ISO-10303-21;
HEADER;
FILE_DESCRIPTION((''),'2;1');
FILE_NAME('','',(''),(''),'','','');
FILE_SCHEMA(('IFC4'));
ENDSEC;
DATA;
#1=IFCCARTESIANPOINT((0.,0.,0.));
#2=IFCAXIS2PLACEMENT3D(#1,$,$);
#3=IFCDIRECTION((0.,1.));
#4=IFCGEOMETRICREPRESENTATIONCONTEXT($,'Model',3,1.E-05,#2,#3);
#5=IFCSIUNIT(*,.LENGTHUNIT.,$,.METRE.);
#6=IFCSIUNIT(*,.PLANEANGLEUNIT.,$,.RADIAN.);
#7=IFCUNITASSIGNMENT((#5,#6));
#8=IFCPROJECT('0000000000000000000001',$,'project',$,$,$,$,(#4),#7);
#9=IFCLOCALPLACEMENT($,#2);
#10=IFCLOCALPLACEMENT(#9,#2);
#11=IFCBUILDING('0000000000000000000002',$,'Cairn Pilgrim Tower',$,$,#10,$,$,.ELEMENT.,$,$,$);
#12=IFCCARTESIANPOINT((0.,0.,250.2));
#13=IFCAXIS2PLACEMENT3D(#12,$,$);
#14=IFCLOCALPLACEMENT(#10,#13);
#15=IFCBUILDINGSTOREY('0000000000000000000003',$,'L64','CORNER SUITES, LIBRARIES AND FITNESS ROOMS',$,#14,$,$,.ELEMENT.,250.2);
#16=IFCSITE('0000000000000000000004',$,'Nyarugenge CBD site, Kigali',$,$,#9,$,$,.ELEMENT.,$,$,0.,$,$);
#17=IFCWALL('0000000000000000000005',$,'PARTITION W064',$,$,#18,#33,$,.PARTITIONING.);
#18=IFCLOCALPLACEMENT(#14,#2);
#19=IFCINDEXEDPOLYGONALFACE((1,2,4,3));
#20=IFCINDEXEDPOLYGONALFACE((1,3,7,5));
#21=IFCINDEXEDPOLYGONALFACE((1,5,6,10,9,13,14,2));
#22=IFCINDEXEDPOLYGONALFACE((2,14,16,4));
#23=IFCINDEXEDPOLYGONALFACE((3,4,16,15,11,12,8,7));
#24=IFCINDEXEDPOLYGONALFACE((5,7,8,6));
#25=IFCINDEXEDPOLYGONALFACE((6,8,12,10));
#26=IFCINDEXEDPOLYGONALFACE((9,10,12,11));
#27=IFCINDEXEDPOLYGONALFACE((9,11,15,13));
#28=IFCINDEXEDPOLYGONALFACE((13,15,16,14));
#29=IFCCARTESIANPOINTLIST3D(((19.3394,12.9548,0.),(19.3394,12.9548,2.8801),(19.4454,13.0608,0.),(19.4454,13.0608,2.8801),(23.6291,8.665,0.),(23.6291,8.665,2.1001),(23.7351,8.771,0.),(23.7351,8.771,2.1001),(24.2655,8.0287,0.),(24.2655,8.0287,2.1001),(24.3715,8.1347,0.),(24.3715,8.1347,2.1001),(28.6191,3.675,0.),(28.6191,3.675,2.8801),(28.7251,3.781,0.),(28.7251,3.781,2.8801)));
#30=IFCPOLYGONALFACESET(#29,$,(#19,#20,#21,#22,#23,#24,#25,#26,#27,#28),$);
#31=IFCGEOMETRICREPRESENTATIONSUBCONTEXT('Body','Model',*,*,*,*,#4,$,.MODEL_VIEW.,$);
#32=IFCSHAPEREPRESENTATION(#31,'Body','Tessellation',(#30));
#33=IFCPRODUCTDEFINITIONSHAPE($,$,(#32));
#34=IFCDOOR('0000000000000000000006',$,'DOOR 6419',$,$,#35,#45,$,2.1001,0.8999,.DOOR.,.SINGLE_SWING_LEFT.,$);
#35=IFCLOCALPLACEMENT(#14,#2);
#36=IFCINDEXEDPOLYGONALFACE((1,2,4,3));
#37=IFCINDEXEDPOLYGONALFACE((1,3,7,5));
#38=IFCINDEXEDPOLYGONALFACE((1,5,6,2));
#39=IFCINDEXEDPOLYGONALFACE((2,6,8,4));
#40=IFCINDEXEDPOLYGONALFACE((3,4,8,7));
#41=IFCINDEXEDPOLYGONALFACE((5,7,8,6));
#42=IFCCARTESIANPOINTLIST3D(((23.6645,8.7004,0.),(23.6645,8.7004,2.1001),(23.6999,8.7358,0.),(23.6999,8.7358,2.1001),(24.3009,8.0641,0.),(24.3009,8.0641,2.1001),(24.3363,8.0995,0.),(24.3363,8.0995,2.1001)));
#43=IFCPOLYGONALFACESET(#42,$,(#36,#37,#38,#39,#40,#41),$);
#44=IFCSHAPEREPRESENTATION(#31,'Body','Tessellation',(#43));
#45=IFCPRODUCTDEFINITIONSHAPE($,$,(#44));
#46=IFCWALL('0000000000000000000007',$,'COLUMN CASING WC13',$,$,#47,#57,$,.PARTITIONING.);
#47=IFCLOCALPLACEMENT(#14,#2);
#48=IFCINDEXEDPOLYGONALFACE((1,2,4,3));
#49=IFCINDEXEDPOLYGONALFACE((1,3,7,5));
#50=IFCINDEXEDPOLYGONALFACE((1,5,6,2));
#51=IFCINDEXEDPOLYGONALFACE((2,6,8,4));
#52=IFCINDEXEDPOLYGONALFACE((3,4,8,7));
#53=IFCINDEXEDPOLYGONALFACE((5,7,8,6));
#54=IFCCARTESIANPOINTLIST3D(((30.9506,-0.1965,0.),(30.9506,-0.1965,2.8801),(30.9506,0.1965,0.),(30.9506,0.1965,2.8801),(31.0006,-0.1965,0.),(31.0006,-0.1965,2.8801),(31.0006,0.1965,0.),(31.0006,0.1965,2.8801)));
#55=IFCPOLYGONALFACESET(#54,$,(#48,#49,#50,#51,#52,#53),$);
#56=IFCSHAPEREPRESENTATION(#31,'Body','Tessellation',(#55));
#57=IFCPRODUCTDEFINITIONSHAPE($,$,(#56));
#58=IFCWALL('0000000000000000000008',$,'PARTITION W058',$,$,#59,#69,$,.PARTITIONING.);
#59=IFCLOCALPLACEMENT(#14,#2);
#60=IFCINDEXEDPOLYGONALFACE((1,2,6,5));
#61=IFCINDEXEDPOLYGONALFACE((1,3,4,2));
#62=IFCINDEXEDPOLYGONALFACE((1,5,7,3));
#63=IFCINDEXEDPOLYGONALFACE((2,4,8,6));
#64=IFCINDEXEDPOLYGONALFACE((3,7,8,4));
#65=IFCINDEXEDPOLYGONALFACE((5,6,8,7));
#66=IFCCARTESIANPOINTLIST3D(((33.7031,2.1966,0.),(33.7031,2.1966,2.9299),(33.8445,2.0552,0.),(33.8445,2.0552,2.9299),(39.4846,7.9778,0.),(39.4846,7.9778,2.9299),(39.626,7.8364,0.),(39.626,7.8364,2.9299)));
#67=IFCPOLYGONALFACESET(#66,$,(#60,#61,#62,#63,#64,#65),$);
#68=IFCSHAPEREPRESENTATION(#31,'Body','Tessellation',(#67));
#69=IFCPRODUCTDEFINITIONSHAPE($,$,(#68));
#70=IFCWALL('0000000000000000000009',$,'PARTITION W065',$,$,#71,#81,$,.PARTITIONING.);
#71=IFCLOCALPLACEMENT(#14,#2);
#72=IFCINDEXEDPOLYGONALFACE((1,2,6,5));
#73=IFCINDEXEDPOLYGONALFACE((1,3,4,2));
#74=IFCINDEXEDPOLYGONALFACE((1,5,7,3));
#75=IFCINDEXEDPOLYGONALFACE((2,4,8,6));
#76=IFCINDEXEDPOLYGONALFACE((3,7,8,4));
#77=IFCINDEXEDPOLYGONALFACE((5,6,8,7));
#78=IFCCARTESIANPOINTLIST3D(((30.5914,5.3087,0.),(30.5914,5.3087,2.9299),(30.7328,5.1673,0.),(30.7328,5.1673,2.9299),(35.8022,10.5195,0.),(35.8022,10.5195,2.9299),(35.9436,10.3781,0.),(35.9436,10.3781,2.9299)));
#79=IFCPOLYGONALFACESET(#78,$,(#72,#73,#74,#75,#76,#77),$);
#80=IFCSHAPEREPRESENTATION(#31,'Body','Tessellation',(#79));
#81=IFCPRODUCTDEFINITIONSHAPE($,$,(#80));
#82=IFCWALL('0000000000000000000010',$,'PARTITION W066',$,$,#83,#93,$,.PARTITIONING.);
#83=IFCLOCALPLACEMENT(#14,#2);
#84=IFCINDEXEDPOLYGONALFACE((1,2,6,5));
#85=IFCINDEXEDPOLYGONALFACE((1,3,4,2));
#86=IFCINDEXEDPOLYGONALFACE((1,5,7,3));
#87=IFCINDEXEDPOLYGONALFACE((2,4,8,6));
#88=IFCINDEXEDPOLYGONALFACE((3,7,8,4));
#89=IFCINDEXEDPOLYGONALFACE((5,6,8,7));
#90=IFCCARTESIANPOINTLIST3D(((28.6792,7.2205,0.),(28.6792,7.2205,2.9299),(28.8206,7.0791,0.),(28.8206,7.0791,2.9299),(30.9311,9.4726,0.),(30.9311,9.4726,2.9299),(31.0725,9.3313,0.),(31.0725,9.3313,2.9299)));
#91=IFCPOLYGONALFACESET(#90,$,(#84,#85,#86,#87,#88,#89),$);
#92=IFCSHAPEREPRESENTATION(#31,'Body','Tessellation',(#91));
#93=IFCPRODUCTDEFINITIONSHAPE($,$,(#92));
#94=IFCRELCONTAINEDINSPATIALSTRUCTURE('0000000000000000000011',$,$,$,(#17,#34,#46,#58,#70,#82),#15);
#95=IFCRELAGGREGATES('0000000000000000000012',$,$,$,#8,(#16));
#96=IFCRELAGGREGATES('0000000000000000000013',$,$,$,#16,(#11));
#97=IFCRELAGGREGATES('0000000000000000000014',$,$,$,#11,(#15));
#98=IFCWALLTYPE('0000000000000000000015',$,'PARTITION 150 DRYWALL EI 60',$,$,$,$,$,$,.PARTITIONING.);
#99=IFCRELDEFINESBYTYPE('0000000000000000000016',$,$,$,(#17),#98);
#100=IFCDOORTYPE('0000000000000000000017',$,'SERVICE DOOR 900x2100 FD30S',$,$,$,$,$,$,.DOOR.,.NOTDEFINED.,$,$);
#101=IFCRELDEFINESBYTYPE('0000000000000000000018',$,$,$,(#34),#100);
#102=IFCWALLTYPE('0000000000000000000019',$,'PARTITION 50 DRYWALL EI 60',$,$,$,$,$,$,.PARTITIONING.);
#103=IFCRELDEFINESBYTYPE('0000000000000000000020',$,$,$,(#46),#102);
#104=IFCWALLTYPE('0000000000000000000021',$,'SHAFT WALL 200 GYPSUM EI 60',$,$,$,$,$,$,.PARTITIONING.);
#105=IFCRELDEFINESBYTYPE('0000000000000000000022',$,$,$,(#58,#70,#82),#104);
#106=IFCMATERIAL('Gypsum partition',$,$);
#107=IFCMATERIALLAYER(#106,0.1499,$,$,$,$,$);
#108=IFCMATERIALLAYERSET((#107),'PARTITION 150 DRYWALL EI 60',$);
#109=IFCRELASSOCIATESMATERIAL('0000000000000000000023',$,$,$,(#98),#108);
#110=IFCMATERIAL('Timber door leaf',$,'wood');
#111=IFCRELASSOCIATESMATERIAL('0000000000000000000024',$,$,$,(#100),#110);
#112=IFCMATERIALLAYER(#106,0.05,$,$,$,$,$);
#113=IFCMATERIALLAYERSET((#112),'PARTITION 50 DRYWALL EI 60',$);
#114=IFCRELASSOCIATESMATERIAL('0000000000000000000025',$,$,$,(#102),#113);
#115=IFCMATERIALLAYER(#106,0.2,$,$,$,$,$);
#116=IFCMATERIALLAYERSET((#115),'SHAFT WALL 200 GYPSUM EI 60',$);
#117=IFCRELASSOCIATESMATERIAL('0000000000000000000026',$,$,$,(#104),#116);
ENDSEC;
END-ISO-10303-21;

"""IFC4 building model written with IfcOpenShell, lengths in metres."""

from ifc_helpers import new_model, si_unit, direction, frame, frame_2d, origin, place, context, subcontext, project, spatial, rectangle, extrude, material, layer, layer_set, type_object, element, fill, save


model = new_model("IFC4")

# Units and contexts
model_context = context("Model", 3, precision=1e-05, world=origin(), true_north=direction((0.0, 1.0)))
body_context = subcontext(model_context, "Body", "Model", "MODEL_VIEW")
ifc_project = project(units=[si_unit("LENGTHUNIT", "METRE"), si_unit("PLANEANGLEUNIT", "RADIAN")], contexts=[model_context])

# Site, building, storey
site_placement = place(None, origin())
site = spatial("IfcSite", under=ifc_project, at=site_placement, Name="Nyarugenge CBD site, Kigali", CompositionType="ELEMENT", RefElevation=0.0)
building_placement = place(site_placement, origin())
building = spatial("IfcBuilding", under=site, at=building_placement, Name="Cairn Pilgrim Tower", CompositionType="ELEMENT")
storey_placement = place(building_placement, frame((0.0, 0.0, 250.2)))
storey = spatial("IfcBuildingStorey", under=building, at=storey_placement, Name="L64", Description="CORNER SUITES, LIBRARIES AND FITNESS ROOMS", CompositionType="ELEMENT", Elevation=250.2)

# Shared definitions
ifc_material_1 = material(Name="Gypsum partition")
ifc_material_2 = material(Name="Timber door leaf", Category="wood")

# Shared definitions
ifc_layer_1 = layer(ifc_material_1, 0.1499)
ifc_layer_set_1 = layer_set([ifc_layer_1], Name="PARTITION 150 DRYWALL EI 60")
wall_type_1 = type_object("IfcWallType", Name="PARTITION 150 DRYWALL EI 60", PredefinedType="PARTITIONING", material=ifc_layer_set_1)

# Shared definitions
door_type_1 = type_object("IfcDoorType", Name="SERVICE DOOR 900x2100 FD30S", OperationType="NOTDEFINED", PredefinedType="DOOR", material=ifc_material_2)

# Wall, opening, door
wall_1_placement = place(storey_placement, frame((28.6721, 3.728, 0.0), z_axis=(0.0, 0.0, 1.0), x_axis=(-0.707107, 0.707107, 0.0)))
wall_1 = element("IfcWall", 1, at=wall_1_placement, inside=storey, type_object=wall_type_1, Name="PARTITION W064", PredefinedType="PARTITIONING", context=body_context, shape_type="SweptSolid", body=[
    extrude(rectangle(XDim=13.1235, YDim=0.1499, at=frame_2d((6.5618, 0.0))), origin(), (0.0, 0.0, 1.0), 2.8801),
])
opening_1_placement = place(wall_1_placement, frame((6.157, 0.0, 0.0)))
opening_1 = element("IfcOpeningElement", 2, at=opening_1_placement, cuts=wall_1, PredefinedType="OPENING", context=body_context, shape_type="SweptSolid", body=[
    extrude(rectangle(XDim=0.8999, YDim=2.1001, at=frame_2d((0.45, 1.05))), frame((0.0, 0.085, 0.0), z_axis=(0.0, -1.0, 0.0), x_axis=(1.0, 0.0, 0.0)), (0.0, 0.0, 1.0), 0.1699),
])
door_1_placement = place(opening_1_placement, origin())
door_1 = element("IfcDoor", 3, at=door_1_placement, inside=storey, type_object=door_type_1, Name="DOOR 6419", OperationType="SINGLE_SWING_LEFT", OverallHeight=2.1001, OverallWidth=0.8999, PredefinedType="DOOR", context=body_context, shape_type="SweptSolid", body=[
    extrude(rectangle(XDim=0.8999, YDim=2.1001, at=frame_2d((0.45, 1.05))), frame((0.0, 0.0249, 0.0), z_axis=(0.0, -1.0, 0.0), x_axis=(1.0, 0.0, 0.0)), (0.0, 0.0, 1.0), 0.05),
])
fill(opening_1, door_1)

# Walls
ifc_layer_2 = layer(ifc_material_1, 0.05)
ifc_layer_set_2 = layer_set([ifc_layer_2], Name="PARTITION 50 DRYWALL EI 60")
wall_type_2 = type_object("IfcWallType", Name="PARTITION 50 DRYWALL EI 60", PredefinedType="PARTITIONING", material=ifc_layer_set_2)
wall_2_placement = place(storey_placement, frame((30.9756, -0.1965, 0.0), z_axis=(0.0, 0.0, 1.0), x_axis=(0.0, 1.0, 0.0)))
element("IfcWall", 4, at=wall_2_placement, inside=storey, type_object=wall_type_2, Name="COLUMN CASING WC13", PredefinedType="PARTITIONING", context=body_context, shape_type="SweptSolid", body=[
    extrude(rectangle(XDim=0.3931, YDim=0.05, at=frame_2d((0.1965, 0.0))), origin(), (0.0, 0.0, 1.0), 2.8801),
])
ifc_layer_3 = layer(ifc_material_1, 0.2)
ifc_layer_set_3 = layer_set([ifc_layer_3], Name="SHAFT WALL 200 GYPSUM EI 60")
wall_type_3 = type_object("IfcWallType", Name="SHAFT WALL 200 GYPSUM EI 60", PredefinedType="PARTITIONING", material=ifc_layer_set_3)
wall_3_placement = place(storey_placement, frame((33.7739, 2.126, 0.0), z_axis=(0.0, 0.0, 1.0), x_axis=(0.707122, 0.707092, 0.0)))
element("IfcWall", 5, at=wall_3_placement, inside=storey, type_object=wall_type_3, Name="PARTITION W058", PredefinedType="PARTITIONING", context=body_context, shape_type="SweptSolid", body=[
    extrude(rectangle(XDim=8.176, YDim=0.2, at=frame_2d((4.0879, 0.0))), origin(), (0.0, 0.0, 1.0), 2.9299),
])
wall_4_placement = place(storey_placement, frame((30.6621, 5.238, 0.0), z_axis=(0.0, 0.0, 1.0), x_axis=(0.707107, 0.707107, 0.0)))
element("IfcWall", 6, at=wall_4_placement, inside=storey, type_object=wall_type_3, Name="PARTITION W065", PredefinedType="PARTITIONING", context=body_context, shape_type="SweptSolid", body=[
    extrude(rectangle(XDim=7.3691, YDim=0.2, at=frame_2d((3.6846, 0.0))), origin(), (0.0, 0.0, 1.0), 2.9299),
])
wall_5_placement = place(storey_placement, frame((28.75, 7.1499, 0.0), z_axis=(0.0, 0.0, 1.0), x_axis=(0.707068, 0.707145, 0.0)))
element("IfcWall", 7, at=wall_5_placement, inside=storey, type_object=wall_type_3, Name="PARTITION W066", PredefinedType="PARTITIONING", context=body_context, shape_type="SweptSolid", body=[
    extrude(rectangle(XDim=3.1848, YDim=0.2, at=frame_2d((1.5923, 0.0))), origin(), (0.0, 0.0, 1.0), 2.9299),
])

save(model, "model.ifc")
